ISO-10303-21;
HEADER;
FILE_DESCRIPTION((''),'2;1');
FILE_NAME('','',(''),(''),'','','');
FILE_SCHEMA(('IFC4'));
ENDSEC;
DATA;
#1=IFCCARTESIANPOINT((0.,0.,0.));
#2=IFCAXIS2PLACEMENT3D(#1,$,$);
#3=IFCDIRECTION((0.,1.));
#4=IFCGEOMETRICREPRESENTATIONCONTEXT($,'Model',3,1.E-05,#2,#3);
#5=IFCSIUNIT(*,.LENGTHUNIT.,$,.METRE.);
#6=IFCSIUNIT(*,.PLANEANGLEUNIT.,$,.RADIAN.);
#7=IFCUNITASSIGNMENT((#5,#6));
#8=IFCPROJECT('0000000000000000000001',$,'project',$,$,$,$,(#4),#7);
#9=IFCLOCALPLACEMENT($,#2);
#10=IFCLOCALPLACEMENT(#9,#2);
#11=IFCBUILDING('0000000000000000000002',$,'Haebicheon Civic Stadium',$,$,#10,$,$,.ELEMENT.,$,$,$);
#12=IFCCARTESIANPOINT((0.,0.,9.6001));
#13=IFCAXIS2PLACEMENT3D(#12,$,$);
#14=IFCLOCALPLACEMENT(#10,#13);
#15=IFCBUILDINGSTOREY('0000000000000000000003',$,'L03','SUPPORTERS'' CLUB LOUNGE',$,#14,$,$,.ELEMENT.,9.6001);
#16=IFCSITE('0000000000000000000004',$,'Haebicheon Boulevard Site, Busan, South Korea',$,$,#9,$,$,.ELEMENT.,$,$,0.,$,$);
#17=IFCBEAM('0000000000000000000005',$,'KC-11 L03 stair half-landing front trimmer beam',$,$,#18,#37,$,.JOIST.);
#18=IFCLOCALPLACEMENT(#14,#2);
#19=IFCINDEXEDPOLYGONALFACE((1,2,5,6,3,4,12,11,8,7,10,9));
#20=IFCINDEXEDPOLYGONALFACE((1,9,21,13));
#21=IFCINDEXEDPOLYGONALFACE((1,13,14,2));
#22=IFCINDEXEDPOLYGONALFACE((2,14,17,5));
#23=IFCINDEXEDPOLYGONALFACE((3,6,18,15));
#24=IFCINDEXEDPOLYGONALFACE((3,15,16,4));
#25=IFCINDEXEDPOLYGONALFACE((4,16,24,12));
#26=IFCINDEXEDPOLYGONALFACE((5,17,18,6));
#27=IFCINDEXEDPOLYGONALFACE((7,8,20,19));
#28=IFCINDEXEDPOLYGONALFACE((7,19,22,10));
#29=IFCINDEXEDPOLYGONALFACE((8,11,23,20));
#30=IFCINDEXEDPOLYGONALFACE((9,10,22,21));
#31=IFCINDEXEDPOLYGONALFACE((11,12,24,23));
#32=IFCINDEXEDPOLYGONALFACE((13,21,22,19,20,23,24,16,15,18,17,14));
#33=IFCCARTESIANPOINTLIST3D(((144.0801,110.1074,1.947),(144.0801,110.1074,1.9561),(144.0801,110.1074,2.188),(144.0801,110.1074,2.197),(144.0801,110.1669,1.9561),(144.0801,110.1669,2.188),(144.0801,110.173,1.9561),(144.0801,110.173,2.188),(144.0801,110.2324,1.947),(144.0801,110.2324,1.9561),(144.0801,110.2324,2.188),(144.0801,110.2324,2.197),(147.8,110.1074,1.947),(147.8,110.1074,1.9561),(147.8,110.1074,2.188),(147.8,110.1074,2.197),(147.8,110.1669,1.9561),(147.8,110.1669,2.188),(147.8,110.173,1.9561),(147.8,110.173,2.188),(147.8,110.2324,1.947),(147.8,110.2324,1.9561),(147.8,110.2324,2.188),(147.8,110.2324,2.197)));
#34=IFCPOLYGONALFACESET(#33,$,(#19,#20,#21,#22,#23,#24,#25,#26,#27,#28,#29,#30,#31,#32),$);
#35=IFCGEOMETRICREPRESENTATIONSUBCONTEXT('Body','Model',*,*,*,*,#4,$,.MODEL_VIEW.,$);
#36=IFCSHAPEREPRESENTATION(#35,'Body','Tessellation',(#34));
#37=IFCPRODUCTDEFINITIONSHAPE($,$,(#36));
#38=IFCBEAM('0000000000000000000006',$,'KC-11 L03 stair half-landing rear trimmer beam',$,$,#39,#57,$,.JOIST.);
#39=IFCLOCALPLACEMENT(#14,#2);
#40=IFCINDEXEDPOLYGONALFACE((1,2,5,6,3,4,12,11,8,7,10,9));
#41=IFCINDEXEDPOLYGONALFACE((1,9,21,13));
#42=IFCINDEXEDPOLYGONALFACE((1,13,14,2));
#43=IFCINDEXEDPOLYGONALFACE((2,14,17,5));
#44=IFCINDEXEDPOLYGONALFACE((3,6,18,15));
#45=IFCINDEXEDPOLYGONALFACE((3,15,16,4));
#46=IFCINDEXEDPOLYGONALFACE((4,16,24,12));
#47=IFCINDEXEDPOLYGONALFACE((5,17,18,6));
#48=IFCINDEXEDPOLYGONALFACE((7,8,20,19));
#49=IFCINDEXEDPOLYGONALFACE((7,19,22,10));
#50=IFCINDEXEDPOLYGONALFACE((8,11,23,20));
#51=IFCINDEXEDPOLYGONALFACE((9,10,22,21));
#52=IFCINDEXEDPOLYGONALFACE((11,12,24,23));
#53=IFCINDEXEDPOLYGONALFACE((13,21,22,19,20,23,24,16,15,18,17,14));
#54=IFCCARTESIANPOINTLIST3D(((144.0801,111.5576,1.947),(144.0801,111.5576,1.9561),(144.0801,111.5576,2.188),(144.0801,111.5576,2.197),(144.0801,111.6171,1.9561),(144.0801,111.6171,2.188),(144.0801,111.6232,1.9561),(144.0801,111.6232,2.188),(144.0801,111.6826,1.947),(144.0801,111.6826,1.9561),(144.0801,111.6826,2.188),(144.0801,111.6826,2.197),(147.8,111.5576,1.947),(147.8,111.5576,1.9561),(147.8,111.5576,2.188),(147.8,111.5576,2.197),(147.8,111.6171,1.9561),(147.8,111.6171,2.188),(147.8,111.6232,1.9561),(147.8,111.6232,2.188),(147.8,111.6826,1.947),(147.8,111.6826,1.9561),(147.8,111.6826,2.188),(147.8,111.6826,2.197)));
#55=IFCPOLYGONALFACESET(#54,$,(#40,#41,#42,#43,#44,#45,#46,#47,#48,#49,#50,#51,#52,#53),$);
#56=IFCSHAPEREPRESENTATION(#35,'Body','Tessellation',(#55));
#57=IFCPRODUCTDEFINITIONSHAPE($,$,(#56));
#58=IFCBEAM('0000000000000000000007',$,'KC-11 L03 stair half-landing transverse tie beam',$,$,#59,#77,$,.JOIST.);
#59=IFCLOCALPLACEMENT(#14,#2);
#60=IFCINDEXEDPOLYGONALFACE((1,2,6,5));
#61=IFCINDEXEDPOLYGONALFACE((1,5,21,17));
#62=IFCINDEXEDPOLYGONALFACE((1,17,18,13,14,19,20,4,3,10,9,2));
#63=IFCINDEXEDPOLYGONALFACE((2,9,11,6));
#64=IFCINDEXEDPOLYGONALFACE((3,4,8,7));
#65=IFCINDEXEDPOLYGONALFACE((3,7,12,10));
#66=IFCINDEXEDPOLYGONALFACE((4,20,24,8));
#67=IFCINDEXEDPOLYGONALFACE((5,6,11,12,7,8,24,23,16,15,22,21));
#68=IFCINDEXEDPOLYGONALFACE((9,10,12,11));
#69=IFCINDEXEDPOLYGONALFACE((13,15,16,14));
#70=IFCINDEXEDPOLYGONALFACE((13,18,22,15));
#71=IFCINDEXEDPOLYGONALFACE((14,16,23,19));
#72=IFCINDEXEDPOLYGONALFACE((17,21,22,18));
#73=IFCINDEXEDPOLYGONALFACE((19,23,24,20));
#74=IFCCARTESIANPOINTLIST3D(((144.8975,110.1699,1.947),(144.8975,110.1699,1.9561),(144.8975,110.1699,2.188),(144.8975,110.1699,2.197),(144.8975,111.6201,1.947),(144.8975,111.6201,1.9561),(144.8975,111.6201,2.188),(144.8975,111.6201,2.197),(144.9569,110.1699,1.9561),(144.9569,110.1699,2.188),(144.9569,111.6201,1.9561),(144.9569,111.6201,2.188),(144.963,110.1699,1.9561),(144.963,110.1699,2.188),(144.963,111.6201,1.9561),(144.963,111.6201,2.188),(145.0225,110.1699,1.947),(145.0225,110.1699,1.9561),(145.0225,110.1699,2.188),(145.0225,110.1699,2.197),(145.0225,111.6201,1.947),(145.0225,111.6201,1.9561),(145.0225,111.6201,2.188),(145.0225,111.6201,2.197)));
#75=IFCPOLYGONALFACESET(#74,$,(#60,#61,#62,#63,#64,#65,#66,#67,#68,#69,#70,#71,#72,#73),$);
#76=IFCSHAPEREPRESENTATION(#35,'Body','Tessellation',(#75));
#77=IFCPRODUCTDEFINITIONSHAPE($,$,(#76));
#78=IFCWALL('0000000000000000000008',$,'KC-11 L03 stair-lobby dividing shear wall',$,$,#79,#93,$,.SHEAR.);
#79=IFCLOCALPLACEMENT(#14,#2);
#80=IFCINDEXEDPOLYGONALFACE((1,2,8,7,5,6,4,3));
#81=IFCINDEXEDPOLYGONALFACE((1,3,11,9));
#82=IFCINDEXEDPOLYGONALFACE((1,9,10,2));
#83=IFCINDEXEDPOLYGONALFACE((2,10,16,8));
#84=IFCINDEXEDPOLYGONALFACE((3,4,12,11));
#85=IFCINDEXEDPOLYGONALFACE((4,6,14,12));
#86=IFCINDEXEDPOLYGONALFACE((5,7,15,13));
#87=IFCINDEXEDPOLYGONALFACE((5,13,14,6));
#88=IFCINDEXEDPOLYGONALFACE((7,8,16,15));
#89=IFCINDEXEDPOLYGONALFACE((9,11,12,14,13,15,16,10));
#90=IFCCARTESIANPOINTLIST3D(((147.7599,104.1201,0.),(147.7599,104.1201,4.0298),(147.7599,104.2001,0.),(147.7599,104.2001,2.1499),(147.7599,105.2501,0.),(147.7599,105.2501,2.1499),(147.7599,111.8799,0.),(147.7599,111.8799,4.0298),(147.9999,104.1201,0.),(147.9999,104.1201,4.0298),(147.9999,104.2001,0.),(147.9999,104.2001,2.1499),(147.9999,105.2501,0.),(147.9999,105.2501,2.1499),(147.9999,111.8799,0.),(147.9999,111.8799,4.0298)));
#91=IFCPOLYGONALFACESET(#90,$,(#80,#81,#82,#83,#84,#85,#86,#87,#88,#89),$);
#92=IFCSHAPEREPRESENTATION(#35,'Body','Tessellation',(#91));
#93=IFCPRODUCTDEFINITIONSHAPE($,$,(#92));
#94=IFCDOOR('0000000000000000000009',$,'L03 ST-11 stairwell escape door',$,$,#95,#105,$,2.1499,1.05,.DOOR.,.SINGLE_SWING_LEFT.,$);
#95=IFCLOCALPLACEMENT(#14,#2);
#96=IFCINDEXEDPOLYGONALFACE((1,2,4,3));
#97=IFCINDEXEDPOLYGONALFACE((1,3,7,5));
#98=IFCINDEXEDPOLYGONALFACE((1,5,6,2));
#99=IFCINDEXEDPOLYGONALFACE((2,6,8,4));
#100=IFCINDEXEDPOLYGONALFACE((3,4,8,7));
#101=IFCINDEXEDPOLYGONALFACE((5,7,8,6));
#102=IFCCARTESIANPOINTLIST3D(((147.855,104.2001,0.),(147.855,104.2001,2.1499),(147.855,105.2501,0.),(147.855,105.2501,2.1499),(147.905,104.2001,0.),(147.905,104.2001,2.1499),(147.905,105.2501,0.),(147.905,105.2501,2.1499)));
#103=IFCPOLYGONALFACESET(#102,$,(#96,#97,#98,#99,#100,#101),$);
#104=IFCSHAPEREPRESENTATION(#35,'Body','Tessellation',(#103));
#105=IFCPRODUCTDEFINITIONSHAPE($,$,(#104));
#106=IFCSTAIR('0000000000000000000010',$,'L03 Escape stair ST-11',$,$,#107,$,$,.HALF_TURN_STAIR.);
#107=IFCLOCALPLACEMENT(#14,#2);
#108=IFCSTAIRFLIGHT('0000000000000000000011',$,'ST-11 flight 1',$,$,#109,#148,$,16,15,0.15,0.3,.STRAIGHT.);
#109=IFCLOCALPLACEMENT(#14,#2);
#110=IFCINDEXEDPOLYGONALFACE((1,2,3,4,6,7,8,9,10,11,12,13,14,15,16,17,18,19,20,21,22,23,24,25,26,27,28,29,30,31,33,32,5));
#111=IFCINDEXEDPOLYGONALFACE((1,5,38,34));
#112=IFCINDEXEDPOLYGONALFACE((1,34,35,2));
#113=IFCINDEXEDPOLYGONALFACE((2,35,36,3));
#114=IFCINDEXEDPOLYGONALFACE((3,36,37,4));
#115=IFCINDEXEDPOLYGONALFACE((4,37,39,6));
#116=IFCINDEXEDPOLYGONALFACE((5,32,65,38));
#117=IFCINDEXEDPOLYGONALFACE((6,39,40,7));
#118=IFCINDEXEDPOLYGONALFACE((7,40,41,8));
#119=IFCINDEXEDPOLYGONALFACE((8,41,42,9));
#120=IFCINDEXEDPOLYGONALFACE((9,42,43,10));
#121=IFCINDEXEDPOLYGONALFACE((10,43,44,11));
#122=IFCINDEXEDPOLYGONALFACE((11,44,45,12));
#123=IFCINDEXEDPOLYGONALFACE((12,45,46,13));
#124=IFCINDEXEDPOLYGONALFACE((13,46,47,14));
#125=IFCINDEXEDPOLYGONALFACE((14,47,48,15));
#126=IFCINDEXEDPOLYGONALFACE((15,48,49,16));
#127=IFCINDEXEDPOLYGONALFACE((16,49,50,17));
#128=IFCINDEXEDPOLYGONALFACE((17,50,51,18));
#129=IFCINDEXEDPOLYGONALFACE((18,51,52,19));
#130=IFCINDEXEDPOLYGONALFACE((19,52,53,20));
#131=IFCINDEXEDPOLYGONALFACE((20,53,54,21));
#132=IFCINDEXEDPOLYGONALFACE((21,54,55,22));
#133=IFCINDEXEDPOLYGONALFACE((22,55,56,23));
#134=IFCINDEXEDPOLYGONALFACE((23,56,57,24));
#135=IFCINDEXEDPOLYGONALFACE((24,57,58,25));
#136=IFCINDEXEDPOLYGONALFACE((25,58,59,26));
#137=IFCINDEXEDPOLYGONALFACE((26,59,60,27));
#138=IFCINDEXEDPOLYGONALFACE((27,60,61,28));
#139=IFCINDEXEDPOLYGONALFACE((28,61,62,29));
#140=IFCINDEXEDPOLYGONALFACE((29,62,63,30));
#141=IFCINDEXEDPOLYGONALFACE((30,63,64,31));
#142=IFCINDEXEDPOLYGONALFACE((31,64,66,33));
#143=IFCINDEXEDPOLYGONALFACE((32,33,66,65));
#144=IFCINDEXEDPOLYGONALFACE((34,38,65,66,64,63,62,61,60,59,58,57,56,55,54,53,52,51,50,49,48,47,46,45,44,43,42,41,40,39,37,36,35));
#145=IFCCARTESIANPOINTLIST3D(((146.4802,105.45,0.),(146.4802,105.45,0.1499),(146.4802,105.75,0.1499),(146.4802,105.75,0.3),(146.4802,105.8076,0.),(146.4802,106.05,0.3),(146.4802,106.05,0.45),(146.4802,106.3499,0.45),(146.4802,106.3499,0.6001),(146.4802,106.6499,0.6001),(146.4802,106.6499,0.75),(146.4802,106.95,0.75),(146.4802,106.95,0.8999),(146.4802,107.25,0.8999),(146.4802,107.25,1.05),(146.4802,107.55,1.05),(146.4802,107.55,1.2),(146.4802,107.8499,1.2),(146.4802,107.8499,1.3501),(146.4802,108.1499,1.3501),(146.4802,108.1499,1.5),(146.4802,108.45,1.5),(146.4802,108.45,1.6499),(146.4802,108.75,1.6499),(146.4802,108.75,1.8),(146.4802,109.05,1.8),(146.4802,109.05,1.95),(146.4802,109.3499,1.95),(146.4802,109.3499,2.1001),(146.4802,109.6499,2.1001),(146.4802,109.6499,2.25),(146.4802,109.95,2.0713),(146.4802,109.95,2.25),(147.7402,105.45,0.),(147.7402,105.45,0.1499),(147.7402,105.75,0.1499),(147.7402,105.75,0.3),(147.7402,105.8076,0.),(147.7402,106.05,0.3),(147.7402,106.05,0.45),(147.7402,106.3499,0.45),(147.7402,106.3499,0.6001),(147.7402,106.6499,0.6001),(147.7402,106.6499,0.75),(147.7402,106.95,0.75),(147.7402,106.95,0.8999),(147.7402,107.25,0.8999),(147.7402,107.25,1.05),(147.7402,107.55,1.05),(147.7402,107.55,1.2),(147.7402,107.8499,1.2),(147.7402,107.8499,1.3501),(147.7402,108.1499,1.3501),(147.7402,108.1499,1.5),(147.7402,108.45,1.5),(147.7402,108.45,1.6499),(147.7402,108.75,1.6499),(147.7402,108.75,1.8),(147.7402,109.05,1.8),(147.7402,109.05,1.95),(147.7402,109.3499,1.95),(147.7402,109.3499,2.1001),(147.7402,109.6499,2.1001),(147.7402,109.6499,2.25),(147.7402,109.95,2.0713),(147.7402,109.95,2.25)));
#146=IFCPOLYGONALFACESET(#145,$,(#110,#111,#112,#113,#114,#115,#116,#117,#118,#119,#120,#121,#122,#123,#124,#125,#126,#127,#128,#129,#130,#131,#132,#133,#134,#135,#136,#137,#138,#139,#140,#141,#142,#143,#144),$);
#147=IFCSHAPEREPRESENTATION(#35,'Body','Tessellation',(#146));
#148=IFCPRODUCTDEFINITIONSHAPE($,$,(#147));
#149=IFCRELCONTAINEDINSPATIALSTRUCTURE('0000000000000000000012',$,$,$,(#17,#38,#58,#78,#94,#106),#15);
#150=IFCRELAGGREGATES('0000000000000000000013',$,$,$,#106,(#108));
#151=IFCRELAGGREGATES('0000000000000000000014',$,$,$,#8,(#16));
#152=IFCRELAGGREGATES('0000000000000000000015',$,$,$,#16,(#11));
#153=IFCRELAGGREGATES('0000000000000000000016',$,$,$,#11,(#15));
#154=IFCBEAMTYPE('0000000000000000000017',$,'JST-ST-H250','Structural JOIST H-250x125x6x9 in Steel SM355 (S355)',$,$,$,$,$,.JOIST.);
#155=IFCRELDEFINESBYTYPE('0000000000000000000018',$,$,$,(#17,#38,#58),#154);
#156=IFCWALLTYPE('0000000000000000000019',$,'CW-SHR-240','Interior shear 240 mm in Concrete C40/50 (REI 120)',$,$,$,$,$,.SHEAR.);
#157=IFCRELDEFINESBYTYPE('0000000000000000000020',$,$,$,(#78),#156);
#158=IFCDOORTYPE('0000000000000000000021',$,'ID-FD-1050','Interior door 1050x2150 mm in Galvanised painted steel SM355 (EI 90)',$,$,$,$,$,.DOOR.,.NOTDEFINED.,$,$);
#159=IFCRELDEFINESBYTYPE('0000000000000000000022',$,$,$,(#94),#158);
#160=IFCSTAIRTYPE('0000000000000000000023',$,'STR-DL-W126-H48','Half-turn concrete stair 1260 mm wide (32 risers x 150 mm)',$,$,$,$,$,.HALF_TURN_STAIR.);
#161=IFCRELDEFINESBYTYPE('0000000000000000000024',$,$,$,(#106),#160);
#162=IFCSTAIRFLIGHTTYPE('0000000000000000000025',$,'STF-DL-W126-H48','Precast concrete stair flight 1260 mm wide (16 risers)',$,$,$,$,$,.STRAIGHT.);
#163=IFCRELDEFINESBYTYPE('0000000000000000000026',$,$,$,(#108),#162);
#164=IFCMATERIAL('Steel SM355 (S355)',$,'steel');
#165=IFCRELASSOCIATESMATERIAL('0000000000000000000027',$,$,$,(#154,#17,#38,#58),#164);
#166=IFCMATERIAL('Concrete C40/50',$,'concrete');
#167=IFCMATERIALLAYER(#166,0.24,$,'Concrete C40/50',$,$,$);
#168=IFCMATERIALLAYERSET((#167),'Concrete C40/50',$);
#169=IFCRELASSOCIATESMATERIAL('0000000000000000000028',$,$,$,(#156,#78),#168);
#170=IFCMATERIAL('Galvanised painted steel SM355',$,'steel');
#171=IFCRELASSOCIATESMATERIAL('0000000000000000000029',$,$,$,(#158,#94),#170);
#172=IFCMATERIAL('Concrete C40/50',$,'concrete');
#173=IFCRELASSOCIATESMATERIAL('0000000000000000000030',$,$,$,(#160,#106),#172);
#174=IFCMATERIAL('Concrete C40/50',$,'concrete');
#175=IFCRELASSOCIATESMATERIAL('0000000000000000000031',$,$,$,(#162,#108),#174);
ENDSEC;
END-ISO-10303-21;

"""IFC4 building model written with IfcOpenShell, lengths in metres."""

from ifc_helpers import new_model, si_unit, direction, frame, frame_2d, origin, origin_2d, place, context, subcontext, project, spatial, polyline, rectangle, i_section, outline, extrude, material, layer, layer_set, material_profile, profile_set, type_object, element, fill, aggregate, save


model = new_model("IFC4")

# Units and contexts
model_context = context("Model", 3, precision=1e-05, world=origin(), true_north=direction((0.0, 1.0)))
body_context = subcontext(model_context, "Body", "Model", "MODEL_VIEW")
ifc_project = project(units=[si_unit("LENGTHUNIT", "METRE"), si_unit("PLANEANGLEUNIT", "RADIAN")], contexts=[model_context])

# Site, building, storey
site_placement = place(None, origin())
site = spatial("IfcSite", under=ifc_project, at=site_placement, Name="Haebicheon Boulevard Site, Busan, South Korea", CompositionType="ELEMENT", RefElevation=0.0)
building_placement = place(site_placement, origin())
building = spatial("IfcBuilding", under=site, at=building_placement, Name="Haebicheon Civic Stadium", CompositionType="ELEMENT")
storey_placement = place(building_placement, frame((0.0, 0.0, 9.6001)))
storey = spatial("IfcBuildingStorey", under=building, at=storey_placement, Name="L03", Description="SUPPORTERS' CLUB LOUNGE", CompositionType="ELEMENT", Elevation=9.6001)

# Beams
ifc_material_1 = material(Name="Steel SM355 (S355)", Category="steel")
ifc_material_profile_1 = material_profile(ifc_material_1, i_section(OverallWidth=0.125, OverallDepth=0.25, WebThickness=0.0061, FlangeThickness=0.009, at=origin_2d()), Name="H-250x125x6x9")
ifc_profile_set_1 = profile_set([ifc_material_profile_1], Name="Steel SM355 (S355)")
beam_type_1 = type_object("IfcBeamType", Name="JST-ST-H250", Description="Structural JOIST H-250x125x6x9 in Steel SM355 (S355)", PredefinedType="JOIST", material=ifc_profile_set_1)
for number, where, z_axis, x_axis, name in (
    (1, (144.0801, 110.1699, 2.072), (1.0, 0.0, 0.0), (0.0, 1.0, 0.0), "KC-11 L03 stair half-landing front trimmer beam"),
    (2, (144.0801, 111.6201, 2.072), (1.0, 0.0, 0.0), (0.0, 1.0, 0.0), "KC-11 L03 stair half-landing rear trimmer beam"),
):
    element("IfcBeam", number, at=place(storey_placement, frame(where, z_axis=z_axis, x_axis=x_axis)), inside=storey, type_object=beam_type_1, material=ifc_profile_set_1, Name=name, PredefinedType="JOIST", context=body_context, shape_type="SweptSolid", body=[
        extrude(i_section(OverallWidth=0.125, OverallDepth=0.25, WebThickness=0.0061, FlangeThickness=0.009, at=origin_2d()), origin(), (0.0, 0.0, 1.0), 3.72),
    ])
beam_1_placement = place(storey_placement, frame((144.96, 110.1699, 2.072), z_axis=(0.0, 1.0, 0.0), x_axis=(-1.0, 0.0, 0.0)))
element("IfcBeam", 3, at=beam_1_placement, inside=storey, type_object=beam_type_1, material=ifc_profile_set_1, Name="KC-11 L03 stair half-landing transverse tie beam", PredefinedType="JOIST", context=body_context, shape_type="SweptSolid", body=[
    extrude(i_section(OverallWidth=0.125, OverallDepth=0.25, WebThickness=0.0061, FlangeThickness=0.009, at=origin_2d()), origin(), (0.0, 0.0, 1.0), 1.4502),
])

# Wall, opening, door
ifc_material_2 = material(Name="Concrete C40/50", Category="concrete")
ifc_layer = layer(ifc_material_2, 0.24, Name="Concrete C40/50")
ifc_layer_set = layer_set([ifc_layer], Name="Concrete C40/50")
wall_type = type_object("IfcWallType", Name="CW-SHR-240", Description="Interior shear 240 mm in Concrete C40/50 (REI 120)", PredefinedType="SHEAR", material=ifc_layer_set)
wall_1_placement = place(storey_placement, frame((147.8799, 104.1201, 0.0), z_axis=(0.0, 0.0, 1.0), x_axis=(0.0, 1.0, 0.0)))
wall_1 = element("IfcWall", 4, at=wall_1_placement, inside=storey, type_object=wall_type, material=ifc_layer_set, Name="KC-11 L03 stair-lobby dividing shear wall", PredefinedType="SHEAR", context=body_context, shape_type="SweptSolid", body=[
    extrude(rectangle(XDim=7.7598, YDim=0.24, at=frame_2d((3.8799, 0.0))), origin(), (0.0, 0.0, 1.0), 4.0298),
])
opening_1_placement = place(wall_1_placement, frame((0.0801, 0.0, 0.0)))
opening_1 = element("IfcOpeningElement", 5, at=opening_1_placement, cuts=wall_1, PredefinedType="OPENING", context=body_context, shape_type="SweptSolid", body=[
    extrude(rectangle(XDim=1.05, YDim=2.1499, at=frame_2d((0.5249, 1.075))), frame((0.0, 0.1299, 0.0), z_axis=(0.0, -1.0, 0.0), x_axis=(1.0, 0.0, 0.0)), (0.0, 0.0, 1.0), 0.26),
])
ifc_material_3 = material(Name="Galvanised painted steel SM355", Category="steel")
door_type_1 = type_object("IfcDoorType", Name="ID-FD-1050", Description="Interior door 1050x2150 mm in Galvanised painted steel SM355 (EI 90)", OperationType="NOTDEFINED", PredefinedType="DOOR", material=ifc_material_3)
door_1_placement = place(opening_1_placement, origin())
door_1 = element("IfcDoor", 6, at=door_1_placement, inside=storey, type_object=door_type_1, material=ifc_material_3, Name="L03 ST-11 stairwell escape door", OperationType="SINGLE_SWING_LEFT", OverallHeight=2.1499, OverallWidth=1.05, PredefinedType="DOOR", context=body_context, shape_type="SweptSolid", body=[
    extrude(rectangle(XDim=1.05, YDim=2.1499, at=frame_2d((0.5249, 1.075))), frame((0.0, 0.0249, 0.0), z_axis=(0.0, -1.0, 0.0), x_axis=(1.0, 0.0, 0.0)), (0.0, 0.0, 1.0), 0.05),
])
fill(opening_1, door_1)

# Stair, stair flight
ifc_material_4 = material(Name="Concrete C40/50", Category="concrete")
stair_type = type_object("IfcStairType", Name="STR-DL-W126-H48", Description="Half-turn concrete stair 1260 mm wide (32 risers x 150 mm)", PredefinedType="HALF_TURN_STAIR", material=ifc_material_4)
stair_placement = place(storey_placement, origin())
stair = element("IfcStair", 7, at=stair_placement, inside=storey, type_object=stair_type, material=ifc_material_4, Name="L03 Escape stair ST-11", PredefinedType="HALF_TURN_STAIR")
ifc_material_5 = material(Name="Concrete C40/50", Category="concrete")
stair_flight_type = type_object("IfcStairFlightType", Name="STF-DL-W126-H48", Description="Precast concrete stair flight 1260 mm wide (16 risers)", PredefinedType="STRAIGHT", material=ifc_material_5)
stair_flight_1_placement = place(storey_placement, frame((147.1101, 105.45, 0.0), z_axis=(0.0, 0.0, 1.0), x_axis=(0.0, 1.0, 0.0)))
stair_flight_1 = element("IfcStairFlight", 8, at=stair_flight_1_placement, type_object=stair_flight_type, material=ifc_material_5, Name="ST-11 flight 1", NumberOfRisers=16, NumberOfTreads=15, PredefinedType="STRAIGHT", RiserHeight=0.15, TreadLength=0.3, context=body_context, shape_type="SweptSolid", body=[
    extrude(outline(polyline([(0.0, 0.0), (0.0, 0.1499), (0.3, 0.1499), (0.3, 0.3), (0.6001, 0.3), (0.6001, 0.45), (0.8999, 0.45), (0.8999, 0.6001), (1.2, 0.6001), (1.2, 0.75), (1.5, 0.75), (1.5, 0.8999), (1.8, 0.8999), (1.8, 1.05), (2.1001, 1.05), (2.1001, 1.2), (2.3999, 1.2), (2.3999, 1.3501), (2.7, 1.3501), (2.7, 1.5), (3.0, 1.5), (3.0, 1.6499), (3.3, 1.6499), (3.3, 1.8), (3.6001, 1.8), (3.6001, 1.95), (3.8999, 1.95), (3.8999, 2.1001), (4.2, 2.1001), (4.2, 2.25), (4.5, 2.25), (4.5, 2.3999), (4.5, 2.0713), (0.3577, 0.0), (0.0, 0.0)])), frame((0.0, 0.6299, 0.0), z_axis=(0.0, -1.0, 0.0), x_axis=(1.0, 0.0, 0.0)), (0.0, 0.0, 1.0), 1.26),
])
aggregate(stair, [stair_flight_1])

save(model, "model.ifc")
